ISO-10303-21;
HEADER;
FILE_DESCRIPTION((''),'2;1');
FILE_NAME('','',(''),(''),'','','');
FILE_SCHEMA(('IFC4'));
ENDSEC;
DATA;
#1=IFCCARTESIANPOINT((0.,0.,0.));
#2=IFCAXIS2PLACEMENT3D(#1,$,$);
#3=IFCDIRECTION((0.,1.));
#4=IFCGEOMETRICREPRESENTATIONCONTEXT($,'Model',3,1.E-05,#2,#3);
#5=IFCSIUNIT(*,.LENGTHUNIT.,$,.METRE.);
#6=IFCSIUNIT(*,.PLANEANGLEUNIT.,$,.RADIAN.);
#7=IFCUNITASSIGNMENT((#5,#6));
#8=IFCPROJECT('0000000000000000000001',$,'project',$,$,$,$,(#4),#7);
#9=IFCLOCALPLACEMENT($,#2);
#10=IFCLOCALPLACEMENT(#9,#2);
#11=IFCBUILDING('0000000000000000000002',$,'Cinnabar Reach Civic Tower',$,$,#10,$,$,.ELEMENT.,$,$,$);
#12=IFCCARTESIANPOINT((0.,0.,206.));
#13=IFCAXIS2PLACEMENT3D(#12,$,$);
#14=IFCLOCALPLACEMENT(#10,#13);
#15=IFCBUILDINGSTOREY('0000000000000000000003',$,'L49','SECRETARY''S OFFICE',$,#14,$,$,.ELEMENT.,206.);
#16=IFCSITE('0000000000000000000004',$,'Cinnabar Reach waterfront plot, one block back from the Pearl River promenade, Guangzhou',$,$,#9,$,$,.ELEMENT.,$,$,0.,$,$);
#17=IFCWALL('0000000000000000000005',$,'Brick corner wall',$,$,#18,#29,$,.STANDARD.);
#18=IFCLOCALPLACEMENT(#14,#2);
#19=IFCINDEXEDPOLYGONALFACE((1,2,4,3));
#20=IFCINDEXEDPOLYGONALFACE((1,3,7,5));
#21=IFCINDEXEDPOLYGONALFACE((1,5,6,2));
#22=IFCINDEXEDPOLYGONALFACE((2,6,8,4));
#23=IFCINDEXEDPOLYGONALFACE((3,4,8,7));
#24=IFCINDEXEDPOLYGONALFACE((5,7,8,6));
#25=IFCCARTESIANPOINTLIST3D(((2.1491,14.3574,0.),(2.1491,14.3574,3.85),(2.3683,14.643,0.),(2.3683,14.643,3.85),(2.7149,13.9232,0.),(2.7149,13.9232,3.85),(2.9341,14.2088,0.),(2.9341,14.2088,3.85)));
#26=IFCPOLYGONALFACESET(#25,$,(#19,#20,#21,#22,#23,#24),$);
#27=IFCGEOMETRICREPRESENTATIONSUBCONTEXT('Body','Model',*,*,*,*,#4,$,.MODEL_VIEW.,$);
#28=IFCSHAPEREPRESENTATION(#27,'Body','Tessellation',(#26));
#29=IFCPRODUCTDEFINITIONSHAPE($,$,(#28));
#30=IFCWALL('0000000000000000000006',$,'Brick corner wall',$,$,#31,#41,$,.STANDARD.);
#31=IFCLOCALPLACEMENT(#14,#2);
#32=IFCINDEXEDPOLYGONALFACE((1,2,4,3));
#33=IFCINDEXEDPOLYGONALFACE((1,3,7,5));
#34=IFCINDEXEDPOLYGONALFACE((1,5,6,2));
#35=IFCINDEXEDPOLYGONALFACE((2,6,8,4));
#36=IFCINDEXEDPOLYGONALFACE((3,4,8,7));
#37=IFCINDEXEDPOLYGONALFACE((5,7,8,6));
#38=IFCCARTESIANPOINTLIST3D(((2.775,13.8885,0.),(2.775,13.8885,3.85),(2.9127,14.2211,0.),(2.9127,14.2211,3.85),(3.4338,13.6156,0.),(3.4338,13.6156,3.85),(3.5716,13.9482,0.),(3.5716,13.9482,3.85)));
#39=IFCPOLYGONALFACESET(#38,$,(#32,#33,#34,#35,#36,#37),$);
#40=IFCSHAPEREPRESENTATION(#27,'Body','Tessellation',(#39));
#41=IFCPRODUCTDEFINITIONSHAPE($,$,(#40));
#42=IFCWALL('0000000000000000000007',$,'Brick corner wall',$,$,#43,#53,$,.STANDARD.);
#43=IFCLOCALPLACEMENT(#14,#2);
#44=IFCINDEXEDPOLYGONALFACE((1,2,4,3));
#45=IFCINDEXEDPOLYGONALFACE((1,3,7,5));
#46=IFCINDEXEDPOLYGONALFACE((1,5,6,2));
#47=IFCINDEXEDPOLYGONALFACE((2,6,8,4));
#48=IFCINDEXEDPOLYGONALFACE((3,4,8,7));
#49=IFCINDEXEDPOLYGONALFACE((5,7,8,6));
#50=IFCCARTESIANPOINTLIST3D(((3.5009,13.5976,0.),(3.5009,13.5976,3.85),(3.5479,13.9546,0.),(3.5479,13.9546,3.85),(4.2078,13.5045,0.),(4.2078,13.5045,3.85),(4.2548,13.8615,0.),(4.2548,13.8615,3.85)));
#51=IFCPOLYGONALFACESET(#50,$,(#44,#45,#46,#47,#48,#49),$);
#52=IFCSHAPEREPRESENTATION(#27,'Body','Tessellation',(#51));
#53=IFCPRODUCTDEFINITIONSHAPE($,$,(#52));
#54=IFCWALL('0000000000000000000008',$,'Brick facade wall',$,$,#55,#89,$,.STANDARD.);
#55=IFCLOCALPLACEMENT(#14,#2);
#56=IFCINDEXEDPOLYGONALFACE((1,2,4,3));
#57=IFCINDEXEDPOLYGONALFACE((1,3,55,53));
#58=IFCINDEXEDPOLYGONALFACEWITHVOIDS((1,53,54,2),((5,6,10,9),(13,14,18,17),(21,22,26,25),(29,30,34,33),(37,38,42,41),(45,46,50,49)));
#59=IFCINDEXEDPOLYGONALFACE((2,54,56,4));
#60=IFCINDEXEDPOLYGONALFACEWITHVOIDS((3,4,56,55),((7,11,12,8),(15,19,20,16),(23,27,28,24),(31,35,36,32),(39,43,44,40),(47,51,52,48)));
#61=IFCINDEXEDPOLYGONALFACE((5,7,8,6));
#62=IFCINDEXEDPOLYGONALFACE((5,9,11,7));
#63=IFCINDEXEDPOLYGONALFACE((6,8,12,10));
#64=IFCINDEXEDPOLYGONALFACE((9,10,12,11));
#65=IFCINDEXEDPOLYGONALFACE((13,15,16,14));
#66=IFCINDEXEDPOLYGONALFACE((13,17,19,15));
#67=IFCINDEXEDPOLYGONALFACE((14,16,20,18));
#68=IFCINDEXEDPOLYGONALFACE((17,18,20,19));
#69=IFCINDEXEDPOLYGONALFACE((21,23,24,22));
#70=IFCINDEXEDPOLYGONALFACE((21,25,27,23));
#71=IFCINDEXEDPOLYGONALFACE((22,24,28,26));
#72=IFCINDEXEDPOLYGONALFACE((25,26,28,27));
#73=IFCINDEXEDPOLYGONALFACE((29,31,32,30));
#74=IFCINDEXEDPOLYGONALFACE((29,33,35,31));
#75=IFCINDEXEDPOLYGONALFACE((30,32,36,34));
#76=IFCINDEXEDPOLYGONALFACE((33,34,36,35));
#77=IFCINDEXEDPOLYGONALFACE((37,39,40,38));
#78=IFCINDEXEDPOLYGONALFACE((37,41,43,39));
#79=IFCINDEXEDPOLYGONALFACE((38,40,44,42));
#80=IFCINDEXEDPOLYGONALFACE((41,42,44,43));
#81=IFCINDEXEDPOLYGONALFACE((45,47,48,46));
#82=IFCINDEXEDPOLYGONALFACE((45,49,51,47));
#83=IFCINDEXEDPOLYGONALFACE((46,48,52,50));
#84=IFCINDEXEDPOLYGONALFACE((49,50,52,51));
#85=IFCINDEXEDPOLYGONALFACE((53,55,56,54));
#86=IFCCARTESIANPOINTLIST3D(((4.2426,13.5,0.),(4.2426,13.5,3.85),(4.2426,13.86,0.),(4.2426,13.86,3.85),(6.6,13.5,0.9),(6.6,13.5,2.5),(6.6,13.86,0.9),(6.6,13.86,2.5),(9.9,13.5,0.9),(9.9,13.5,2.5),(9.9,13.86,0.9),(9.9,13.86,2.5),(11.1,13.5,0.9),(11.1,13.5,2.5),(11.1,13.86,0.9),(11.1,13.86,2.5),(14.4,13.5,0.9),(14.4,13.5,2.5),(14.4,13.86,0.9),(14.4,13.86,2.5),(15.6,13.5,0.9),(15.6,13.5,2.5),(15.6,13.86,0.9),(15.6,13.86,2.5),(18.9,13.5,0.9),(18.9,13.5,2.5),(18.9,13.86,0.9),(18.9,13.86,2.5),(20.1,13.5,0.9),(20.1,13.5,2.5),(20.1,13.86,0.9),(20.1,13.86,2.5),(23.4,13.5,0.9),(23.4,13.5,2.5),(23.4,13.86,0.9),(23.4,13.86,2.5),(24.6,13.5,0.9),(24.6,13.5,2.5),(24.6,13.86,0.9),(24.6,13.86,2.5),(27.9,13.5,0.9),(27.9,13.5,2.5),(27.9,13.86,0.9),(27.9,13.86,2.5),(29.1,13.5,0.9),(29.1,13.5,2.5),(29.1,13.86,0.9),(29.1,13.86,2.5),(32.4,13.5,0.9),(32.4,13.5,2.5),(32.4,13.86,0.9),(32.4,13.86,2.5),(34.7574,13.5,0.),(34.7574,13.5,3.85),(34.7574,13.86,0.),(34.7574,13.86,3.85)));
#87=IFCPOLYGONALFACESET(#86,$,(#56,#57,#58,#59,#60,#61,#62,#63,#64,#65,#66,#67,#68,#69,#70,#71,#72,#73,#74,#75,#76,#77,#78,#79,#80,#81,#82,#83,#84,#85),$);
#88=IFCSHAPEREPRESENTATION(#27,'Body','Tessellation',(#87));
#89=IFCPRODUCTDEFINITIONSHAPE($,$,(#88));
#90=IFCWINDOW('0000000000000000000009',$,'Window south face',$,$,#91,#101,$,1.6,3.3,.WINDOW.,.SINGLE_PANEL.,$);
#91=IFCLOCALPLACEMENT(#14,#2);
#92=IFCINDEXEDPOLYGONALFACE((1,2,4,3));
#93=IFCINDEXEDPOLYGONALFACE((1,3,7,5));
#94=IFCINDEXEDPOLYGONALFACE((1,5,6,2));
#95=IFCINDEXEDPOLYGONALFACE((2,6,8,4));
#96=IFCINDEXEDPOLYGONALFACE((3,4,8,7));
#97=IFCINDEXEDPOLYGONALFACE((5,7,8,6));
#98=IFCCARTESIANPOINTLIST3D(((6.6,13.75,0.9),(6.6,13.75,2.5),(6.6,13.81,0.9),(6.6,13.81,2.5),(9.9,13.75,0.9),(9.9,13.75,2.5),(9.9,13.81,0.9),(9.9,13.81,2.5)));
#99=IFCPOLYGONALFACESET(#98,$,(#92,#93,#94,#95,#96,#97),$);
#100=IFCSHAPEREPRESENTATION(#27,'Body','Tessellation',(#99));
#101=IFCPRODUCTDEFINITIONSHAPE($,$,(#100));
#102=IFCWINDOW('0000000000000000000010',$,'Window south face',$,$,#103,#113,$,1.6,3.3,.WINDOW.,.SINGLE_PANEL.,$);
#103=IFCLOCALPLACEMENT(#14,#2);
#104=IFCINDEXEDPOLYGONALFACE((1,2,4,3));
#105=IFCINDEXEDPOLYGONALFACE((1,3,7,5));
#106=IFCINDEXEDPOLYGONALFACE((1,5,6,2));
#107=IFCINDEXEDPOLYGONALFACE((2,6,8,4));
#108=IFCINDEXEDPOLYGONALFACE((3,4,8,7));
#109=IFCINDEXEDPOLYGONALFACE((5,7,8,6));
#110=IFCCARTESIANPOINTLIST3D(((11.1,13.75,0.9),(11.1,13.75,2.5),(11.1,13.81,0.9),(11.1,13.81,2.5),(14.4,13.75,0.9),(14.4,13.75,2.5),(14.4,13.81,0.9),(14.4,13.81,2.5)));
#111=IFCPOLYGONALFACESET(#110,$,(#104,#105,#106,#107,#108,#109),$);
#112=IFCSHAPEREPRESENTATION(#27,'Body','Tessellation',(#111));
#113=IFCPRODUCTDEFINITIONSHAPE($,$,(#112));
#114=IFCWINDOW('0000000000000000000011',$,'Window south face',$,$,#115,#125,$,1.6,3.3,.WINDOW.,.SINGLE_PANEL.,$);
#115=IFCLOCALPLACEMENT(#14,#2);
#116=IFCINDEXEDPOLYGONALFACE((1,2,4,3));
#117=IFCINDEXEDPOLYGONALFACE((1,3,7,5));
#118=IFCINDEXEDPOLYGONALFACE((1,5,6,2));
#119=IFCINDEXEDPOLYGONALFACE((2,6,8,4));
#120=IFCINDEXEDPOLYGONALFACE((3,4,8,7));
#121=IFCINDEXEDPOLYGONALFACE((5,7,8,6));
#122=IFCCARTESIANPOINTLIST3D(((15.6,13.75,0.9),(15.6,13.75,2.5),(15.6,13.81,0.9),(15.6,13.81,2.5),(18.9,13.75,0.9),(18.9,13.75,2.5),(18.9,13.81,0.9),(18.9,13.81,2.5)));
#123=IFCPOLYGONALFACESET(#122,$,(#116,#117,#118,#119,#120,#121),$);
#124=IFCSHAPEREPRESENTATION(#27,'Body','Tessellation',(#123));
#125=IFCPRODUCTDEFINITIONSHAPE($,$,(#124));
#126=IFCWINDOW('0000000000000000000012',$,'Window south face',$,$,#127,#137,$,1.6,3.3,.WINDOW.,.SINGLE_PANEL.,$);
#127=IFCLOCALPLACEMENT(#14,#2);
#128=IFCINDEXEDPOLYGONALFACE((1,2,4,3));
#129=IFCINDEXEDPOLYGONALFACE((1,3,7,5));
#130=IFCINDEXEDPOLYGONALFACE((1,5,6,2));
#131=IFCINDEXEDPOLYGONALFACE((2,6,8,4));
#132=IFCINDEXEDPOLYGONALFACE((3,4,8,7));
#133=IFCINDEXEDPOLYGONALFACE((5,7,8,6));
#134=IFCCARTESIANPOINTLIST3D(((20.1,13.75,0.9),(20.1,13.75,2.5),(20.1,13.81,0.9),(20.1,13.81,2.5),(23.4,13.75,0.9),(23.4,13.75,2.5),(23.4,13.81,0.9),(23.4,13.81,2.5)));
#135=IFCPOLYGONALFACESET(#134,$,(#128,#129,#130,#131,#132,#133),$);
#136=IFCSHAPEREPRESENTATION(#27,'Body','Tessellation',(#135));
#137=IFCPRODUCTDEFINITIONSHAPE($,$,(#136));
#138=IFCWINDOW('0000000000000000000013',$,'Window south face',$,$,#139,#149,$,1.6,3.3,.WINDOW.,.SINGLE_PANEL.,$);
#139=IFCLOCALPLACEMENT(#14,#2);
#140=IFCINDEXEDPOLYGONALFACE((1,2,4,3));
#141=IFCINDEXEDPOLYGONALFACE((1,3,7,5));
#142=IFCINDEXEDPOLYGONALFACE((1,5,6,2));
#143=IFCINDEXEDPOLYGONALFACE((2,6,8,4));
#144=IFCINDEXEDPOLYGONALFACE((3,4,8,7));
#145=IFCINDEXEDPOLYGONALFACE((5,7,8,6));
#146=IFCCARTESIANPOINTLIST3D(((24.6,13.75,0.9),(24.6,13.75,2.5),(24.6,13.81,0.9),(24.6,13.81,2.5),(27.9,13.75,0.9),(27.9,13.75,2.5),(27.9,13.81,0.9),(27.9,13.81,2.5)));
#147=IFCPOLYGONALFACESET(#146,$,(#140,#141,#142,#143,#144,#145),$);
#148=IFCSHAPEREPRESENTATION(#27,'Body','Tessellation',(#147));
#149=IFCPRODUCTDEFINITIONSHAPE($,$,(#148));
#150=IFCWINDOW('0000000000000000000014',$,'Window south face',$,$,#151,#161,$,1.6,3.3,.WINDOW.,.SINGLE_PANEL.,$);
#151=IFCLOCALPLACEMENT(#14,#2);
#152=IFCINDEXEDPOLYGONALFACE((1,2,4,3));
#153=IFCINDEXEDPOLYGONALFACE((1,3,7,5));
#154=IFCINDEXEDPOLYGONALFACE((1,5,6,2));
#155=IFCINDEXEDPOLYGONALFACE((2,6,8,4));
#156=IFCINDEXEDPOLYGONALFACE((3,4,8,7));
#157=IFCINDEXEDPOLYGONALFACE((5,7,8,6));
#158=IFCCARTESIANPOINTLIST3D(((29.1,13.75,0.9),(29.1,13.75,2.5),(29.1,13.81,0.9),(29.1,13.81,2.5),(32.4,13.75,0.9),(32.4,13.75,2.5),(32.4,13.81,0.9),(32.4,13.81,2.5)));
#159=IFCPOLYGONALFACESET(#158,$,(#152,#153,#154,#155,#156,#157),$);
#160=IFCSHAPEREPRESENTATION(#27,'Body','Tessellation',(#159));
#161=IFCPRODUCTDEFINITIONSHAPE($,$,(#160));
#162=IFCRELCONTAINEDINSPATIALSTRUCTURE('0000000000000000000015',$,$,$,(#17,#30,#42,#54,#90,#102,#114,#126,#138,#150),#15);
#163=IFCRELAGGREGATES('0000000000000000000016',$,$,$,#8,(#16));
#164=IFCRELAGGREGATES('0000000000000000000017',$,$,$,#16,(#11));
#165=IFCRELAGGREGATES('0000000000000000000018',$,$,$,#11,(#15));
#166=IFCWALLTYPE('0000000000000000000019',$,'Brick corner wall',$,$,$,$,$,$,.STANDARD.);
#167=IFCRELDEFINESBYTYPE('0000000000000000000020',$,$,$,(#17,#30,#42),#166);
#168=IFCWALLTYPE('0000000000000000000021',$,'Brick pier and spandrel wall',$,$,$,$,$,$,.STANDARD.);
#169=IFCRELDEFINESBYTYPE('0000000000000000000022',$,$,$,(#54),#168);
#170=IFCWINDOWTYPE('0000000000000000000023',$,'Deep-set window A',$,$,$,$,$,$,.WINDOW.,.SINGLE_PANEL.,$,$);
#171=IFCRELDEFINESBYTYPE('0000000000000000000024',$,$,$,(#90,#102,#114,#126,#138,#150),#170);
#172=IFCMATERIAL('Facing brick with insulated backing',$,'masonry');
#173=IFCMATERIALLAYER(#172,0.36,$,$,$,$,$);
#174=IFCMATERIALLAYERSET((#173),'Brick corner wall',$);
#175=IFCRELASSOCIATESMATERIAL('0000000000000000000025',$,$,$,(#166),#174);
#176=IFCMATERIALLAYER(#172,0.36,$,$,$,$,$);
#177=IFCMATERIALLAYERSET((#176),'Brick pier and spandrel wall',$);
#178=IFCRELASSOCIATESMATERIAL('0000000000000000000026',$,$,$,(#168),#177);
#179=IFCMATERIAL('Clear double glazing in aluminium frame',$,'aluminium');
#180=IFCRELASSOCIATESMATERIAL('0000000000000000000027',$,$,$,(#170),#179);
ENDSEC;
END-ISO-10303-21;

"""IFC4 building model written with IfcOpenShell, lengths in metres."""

from ifc_helpers import new_model, si_unit, direction, frame, frame_2d, origin, place, context, subcontext, project, spatial, rectangle, extrude, material, layer, layer_set, type_object, element, fill, save


model = new_model("IFC4")

# Units and contexts
model_context = context("Model", 3, precision=1e-05, world=origin(), true_north=direction((0.0, 1.0)))
body_context = subcontext(model_context, "Body", "Model", "MODEL_VIEW")
ifc_project = project(units=[si_unit("LENGTHUNIT", "METRE"), si_unit("PLANEANGLEUNIT", "RADIAN")], contexts=[model_context])

# Site, building, storey
site_placement = place(None, origin())
site = spatial("IfcSite", under=ifc_project, at=site_placement, Name="Cinnabar Reach waterfront plot, one block back from the Pearl River promenade, Guangzhou", CompositionType="ELEMENT", RefElevation=0.0)
building_placement = place(site_placement, origin())
building = spatial("IfcBuilding", under=site, at=building_placement, Name="Cinnabar Reach Civic Tower", CompositionType="ELEMENT")
storey_placement = place(building_placement, frame((0.0, 0.0, 206.0)))
storey = spatial("IfcBuildingStorey", under=building, at=storey_placement, Name="L49", Description="SECRETARY'S OFFICE", CompositionType="ELEMENT", Elevation=206.0)

# Walls
ifc_material_1 = material(Name="Facing brick with insulated backing", Category="masonry")
ifc_layer_1 = layer(ifc_material_1, 0.36)
ifc_layer_set_1 = layer_set([ifc_layer_1], Name="Brick corner wall")
wall_type_1 = type_object("IfcWallType", Name="Brick corner wall", PredefinedType="STANDARD", material=ifc_layer_set_1)
wall_1_placement = place(storey_placement, frame((2.2587, 14.5002, 0.0), z_axis=(0.0, 0.0, 1.0), x_axis=(0.793322, -0.608802, 0.0)))
element("IfcWall", 1, at=wall_1_placement, inside=storey, type_object=wall_type_1, Name="Brick corner wall", PredefinedType="STANDARD", context=body_context, shape_type="SweptSolid", body=[
    extrude(rectangle(XDim=0.7132, YDim=0.36, at=frame_2d((0.3566, 0.0))), origin(), (0.0, 0.0, 1.0), 3.85),
])
for number, where, z_axis, x_axis, name in (
    (2, (2.8439, 14.0548, 0.0), (0.0, 0.0, 1.0), (0.923872, -0.382703, 0.0), "Brick corner wall"),
    (3, (3.5244, 13.7761, 0.0), (0.0, 0.0, 1.0), (0.991441, -0.130556, 0.0), "Brick corner wall"),
):
    element("IfcWall", number, at=place(storey_placement, frame(where, z_axis=z_axis, x_axis=x_axis)), inside=storey, type_object=wall_type_1, Name=name, PredefinedType="STANDARD", context=body_context, shape_type="SweptSolid", body=[
        extrude(rectangle(XDim=0.7131, YDim=0.36, at=frame_2d((0.3565, 0.0))), origin(), (0.0, 0.0, 1.0), 3.85),
    ])

# Wall, openings, windows
ifc_layer_2 = layer(ifc_material_1, 0.36)
ifc_layer_set_2 = layer_set([ifc_layer_2], Name="Brick pier and spandrel wall")
wall_type_2 = type_object("IfcWallType", Name="Brick pier and spandrel wall", PredefinedType="STANDARD", material=ifc_layer_set_2)
wall_2_placement = place(storey_placement, frame((4.2426, 13.68, 0.0), z_axis=(0.0, 0.0, 1.0), x_axis=(1.0, 0.0, 0.0)))
wall_2 = element("IfcWall", 4, at=wall_2_placement, inside=storey, type_object=wall_type_2, Name="Brick facade wall", PredefinedType="STANDARD", context=body_context, shape_type="SweptSolid", body=[
    extrude(rectangle(XDim=30.5148, YDim=0.36, at=frame_2d((15.2574, 0.0))), origin(), (0.0, 0.0, 1.0), 3.85),
])
opening_1_placement = place(wall_2_placement, frame((2.3574, 0.0, 0.9)))
opening_1 = element("IfcOpeningElement", 5, at=opening_1_placement, cuts=wall_2, PredefinedType="OPENING", context=body_context, shape_type="SweptSolid", body=[
    extrude(rectangle(XDim=3.3, YDim=1.6, at=frame_2d((1.65, 0.8))), frame((0.0, 0.19, 0.0), z_axis=(0.0, -1.0, 0.0), x_axis=(1.0, 0.0, 0.0)), (0.0, 0.0, 1.0), 0.38),
])
opening_2_placement = place(wall_2_placement, frame((6.8574, 0.0, 0.9)))
opening_2 = element("IfcOpeningElement", 6, at=opening_2_placement, cuts=wall_2, PredefinedType="OPENING", context=body_context, shape_type="SweptSolid", body=[
    extrude(rectangle(XDim=3.3, YDim=1.6, at=frame_2d((1.65, 0.8))), frame((0.0, 0.19, 0.0), z_axis=(0.0, -1.0, 0.0), x_axis=(1.0, 0.0, 0.0)), (0.0, 0.0, 1.0), 0.38),
])
opening_3_placement = place(wall_2_placement, frame((11.3574, 0.0, 0.9)))
opening_3 = element("IfcOpeningElement", 7, at=opening_3_placement, cuts=wall_2, PredefinedType="OPENING", context=body_context, shape_type="SweptSolid", body=[
    extrude(rectangle(XDim=3.3, YDim=1.6, at=frame_2d((1.65, 0.8))), frame((0.0, 0.19, 0.0), z_axis=(0.0, -1.0, 0.0), x_axis=(1.0, 0.0, 0.0)), (0.0, 0.0, 1.0), 0.38),
])
opening_4_placement = place(wall_2_placement, frame((15.8574, 0.0, 0.9)))
opening_4 = element("IfcOpeningElement", 8, at=opening_4_placement, cuts=wall_2, PredefinedType="OPENING", context=body_context, shape_type="SweptSolid", body=[
    extrude(rectangle(XDim=3.3, YDim=1.6, at=frame_2d((1.65, 0.8))), frame((0.0, 0.19, 0.0), z_axis=(0.0, -1.0, 0.0), x_axis=(1.0, 0.0, 0.0)), (0.0, 0.0, 1.0), 0.38),
])
opening_5_placement = place(wall_2_placement, frame((20.3574, 0.0, 0.9)))
opening_5 = element("IfcOpeningElement", 9, at=opening_5_placement, cuts=wall_2, PredefinedType="OPENING", context=body_context, shape_type="SweptSolid", body=[
    extrude(rectangle(XDim=3.3, YDim=1.6, at=frame_2d((1.65, 0.8))), frame((0.0, 0.19, 0.0), z_axis=(0.0, -1.0, 0.0), x_axis=(1.0, 0.0, 0.0)), (0.0, 0.0, 1.0), 0.38),
])
opening_6_placement = place(wall_2_placement, frame((24.8574, 0.0, 0.9)))
opening_6 = element("IfcOpeningElement", 10, at=opening_6_placement, cuts=wall_2, PredefinedType="OPENING", context=body_context, shape_type="SweptSolid", body=[
    extrude(rectangle(XDim=3.3, YDim=1.6, at=frame_2d((1.65, 0.8))), frame((0.0, 0.19, 0.0), z_axis=(0.0, -1.0, 0.0), x_axis=(1.0, 0.0, 0.0)), (0.0, 0.0, 1.0), 0.38),
])
ifc_material_2 = material(Name="Clear double glazing in aluminium frame", Category="aluminium")
window_type = type_object("IfcWindowType", Name="Deep-set window A", PartitioningType="SINGLE_PANEL", PredefinedType="WINDOW", material=ifc_material_2)
window_1_placement = place(opening_1_placement, origin())
window_1 = element("IfcWindow", 11, at=window_1_placement, inside=storey, type_object=window_type, Name="Window south face", OverallHeight=1.6, OverallWidth=3.3, PartitioningType="SINGLE_PANEL", PredefinedType="WINDOW", context=body_context, shape_type="SweptSolid", body=[
    extrude(rectangle(XDim=3.3, YDim=1.6, at=frame_2d((1.65, 0.8))), frame((0.0, 0.13, 0.0), z_axis=(0.0, -1.0, 0.0), x_axis=(1.0, 0.0, 0.0)), (0.0, 0.0, 1.0), 0.06),
])
fill(opening_1, window_1)
window_2_placement = place(opening_2_placement, origin())
window_2 = element("IfcWindow", 12, at=window_2_placement, inside=storey, type_object=window_type, Name="Window south face", OverallHeight=1.6, OverallWidth=3.3, PartitioningType="SINGLE_PANEL", PredefinedType="WINDOW", context=body_context, shape_type="SweptSolid", body=[
    extrude(rectangle(XDim=3.3, YDim=1.6, at=frame_2d((1.65, 0.8))), frame((0.0, 0.13, 0.0), z_axis=(0.0, -1.0, 0.0), x_axis=(1.0, 0.0, 0.0)), (0.0, 0.0, 1.0), 0.06),
])
fill(opening_2, window_2)
window_3_placement = place(opening_3_placement, origin())
window_3 = element("IfcWindow", 13, at=window_3_placement, inside=storey, type_object=window_type, Name="Window south face", OverallHeight=1.6, OverallWidth=3.3, PartitioningType="SINGLE_PANEL", PredefinedType="WINDOW", context=body_context, shape_type="SweptSolid", body=[
    extrude(rectangle(XDim=3.3, YDim=1.6, at=frame_2d((1.65, 0.8))), frame((0.0, 0.13, 0.0), z_axis=(0.0, -1.0, 0.0), x_axis=(1.0, 0.0, 0.0)), (0.0, 0.0, 1.0), 0.06),
])
fill(opening_3, window_3)
window_4_placement = place(opening_4_placement, origin())
window_4 = element("IfcWindow", 14, at=window_4_placement, inside=storey, type_object=window_type, Name="Window south face", OverallHeight=1.6, OverallWidth=3.3, PartitioningType="SINGLE_PANEL", PredefinedType="WINDOW", context=body_context, shape_type="SweptSolid", body=[
    extrude(rectangle(XDim=3.3, YDim=1.6, at=frame_2d((1.65, 0.8))), frame((0.0, 0.13, 0.0), z_axis=(0.0, -1.0, 0.0), x_axis=(1.0, 0.0, 0.0)), (0.0, 0.0, 1.0), 0.06),
])
fill(opening_4, window_4)
window_5_placement = place(opening_5_placement, origin())
window_5 = element("IfcWindow", 15, at=window_5_placement, inside=storey, type_object=window_type, Name="Window south face", OverallHeight=1.6, OverallWidth=3.3, PartitioningType="SINGLE_PANEL", PredefinedType="WINDOW", context=body_context, shape_type="SweptSolid", body=[
    extrude(rectangle(XDim=3.3, YDim=1.6, at=frame_2d((1.65, 0.8))), frame((0.0, 0.13, 0.0), z_axis=(0.0, -1.0, 0.0), x_axis=(1.0, 0.0, 0.0)), (0.0, 0.0, 1.0), 0.06),
])
fill(opening_5, window_5)
window_6_placement = place(opening_6_placement, origin())
window_6 = element("IfcWindow", 16, at=window_6_placement, inside=storey, type_object=window_type, Name="Window south face", OverallHeight=1.6, OverallWidth=3.3, PartitioningType="SINGLE_PANEL", PredefinedType="WINDOW", context=body_context, shape_type="SweptSolid", body=[
    extrude(rectangle(XDim=3.3, YDim=1.6, at=frame_2d((1.65, 0.8))), frame((0.0, 0.13, 0.0), z_axis=(0.0, -1.0, 0.0), x_axis=(1.0, 0.0, 0.0)), (0.0, 0.0, 1.0), 0.06),
])
fill(opening_6, window_6)

save(model, "model.ifc")
